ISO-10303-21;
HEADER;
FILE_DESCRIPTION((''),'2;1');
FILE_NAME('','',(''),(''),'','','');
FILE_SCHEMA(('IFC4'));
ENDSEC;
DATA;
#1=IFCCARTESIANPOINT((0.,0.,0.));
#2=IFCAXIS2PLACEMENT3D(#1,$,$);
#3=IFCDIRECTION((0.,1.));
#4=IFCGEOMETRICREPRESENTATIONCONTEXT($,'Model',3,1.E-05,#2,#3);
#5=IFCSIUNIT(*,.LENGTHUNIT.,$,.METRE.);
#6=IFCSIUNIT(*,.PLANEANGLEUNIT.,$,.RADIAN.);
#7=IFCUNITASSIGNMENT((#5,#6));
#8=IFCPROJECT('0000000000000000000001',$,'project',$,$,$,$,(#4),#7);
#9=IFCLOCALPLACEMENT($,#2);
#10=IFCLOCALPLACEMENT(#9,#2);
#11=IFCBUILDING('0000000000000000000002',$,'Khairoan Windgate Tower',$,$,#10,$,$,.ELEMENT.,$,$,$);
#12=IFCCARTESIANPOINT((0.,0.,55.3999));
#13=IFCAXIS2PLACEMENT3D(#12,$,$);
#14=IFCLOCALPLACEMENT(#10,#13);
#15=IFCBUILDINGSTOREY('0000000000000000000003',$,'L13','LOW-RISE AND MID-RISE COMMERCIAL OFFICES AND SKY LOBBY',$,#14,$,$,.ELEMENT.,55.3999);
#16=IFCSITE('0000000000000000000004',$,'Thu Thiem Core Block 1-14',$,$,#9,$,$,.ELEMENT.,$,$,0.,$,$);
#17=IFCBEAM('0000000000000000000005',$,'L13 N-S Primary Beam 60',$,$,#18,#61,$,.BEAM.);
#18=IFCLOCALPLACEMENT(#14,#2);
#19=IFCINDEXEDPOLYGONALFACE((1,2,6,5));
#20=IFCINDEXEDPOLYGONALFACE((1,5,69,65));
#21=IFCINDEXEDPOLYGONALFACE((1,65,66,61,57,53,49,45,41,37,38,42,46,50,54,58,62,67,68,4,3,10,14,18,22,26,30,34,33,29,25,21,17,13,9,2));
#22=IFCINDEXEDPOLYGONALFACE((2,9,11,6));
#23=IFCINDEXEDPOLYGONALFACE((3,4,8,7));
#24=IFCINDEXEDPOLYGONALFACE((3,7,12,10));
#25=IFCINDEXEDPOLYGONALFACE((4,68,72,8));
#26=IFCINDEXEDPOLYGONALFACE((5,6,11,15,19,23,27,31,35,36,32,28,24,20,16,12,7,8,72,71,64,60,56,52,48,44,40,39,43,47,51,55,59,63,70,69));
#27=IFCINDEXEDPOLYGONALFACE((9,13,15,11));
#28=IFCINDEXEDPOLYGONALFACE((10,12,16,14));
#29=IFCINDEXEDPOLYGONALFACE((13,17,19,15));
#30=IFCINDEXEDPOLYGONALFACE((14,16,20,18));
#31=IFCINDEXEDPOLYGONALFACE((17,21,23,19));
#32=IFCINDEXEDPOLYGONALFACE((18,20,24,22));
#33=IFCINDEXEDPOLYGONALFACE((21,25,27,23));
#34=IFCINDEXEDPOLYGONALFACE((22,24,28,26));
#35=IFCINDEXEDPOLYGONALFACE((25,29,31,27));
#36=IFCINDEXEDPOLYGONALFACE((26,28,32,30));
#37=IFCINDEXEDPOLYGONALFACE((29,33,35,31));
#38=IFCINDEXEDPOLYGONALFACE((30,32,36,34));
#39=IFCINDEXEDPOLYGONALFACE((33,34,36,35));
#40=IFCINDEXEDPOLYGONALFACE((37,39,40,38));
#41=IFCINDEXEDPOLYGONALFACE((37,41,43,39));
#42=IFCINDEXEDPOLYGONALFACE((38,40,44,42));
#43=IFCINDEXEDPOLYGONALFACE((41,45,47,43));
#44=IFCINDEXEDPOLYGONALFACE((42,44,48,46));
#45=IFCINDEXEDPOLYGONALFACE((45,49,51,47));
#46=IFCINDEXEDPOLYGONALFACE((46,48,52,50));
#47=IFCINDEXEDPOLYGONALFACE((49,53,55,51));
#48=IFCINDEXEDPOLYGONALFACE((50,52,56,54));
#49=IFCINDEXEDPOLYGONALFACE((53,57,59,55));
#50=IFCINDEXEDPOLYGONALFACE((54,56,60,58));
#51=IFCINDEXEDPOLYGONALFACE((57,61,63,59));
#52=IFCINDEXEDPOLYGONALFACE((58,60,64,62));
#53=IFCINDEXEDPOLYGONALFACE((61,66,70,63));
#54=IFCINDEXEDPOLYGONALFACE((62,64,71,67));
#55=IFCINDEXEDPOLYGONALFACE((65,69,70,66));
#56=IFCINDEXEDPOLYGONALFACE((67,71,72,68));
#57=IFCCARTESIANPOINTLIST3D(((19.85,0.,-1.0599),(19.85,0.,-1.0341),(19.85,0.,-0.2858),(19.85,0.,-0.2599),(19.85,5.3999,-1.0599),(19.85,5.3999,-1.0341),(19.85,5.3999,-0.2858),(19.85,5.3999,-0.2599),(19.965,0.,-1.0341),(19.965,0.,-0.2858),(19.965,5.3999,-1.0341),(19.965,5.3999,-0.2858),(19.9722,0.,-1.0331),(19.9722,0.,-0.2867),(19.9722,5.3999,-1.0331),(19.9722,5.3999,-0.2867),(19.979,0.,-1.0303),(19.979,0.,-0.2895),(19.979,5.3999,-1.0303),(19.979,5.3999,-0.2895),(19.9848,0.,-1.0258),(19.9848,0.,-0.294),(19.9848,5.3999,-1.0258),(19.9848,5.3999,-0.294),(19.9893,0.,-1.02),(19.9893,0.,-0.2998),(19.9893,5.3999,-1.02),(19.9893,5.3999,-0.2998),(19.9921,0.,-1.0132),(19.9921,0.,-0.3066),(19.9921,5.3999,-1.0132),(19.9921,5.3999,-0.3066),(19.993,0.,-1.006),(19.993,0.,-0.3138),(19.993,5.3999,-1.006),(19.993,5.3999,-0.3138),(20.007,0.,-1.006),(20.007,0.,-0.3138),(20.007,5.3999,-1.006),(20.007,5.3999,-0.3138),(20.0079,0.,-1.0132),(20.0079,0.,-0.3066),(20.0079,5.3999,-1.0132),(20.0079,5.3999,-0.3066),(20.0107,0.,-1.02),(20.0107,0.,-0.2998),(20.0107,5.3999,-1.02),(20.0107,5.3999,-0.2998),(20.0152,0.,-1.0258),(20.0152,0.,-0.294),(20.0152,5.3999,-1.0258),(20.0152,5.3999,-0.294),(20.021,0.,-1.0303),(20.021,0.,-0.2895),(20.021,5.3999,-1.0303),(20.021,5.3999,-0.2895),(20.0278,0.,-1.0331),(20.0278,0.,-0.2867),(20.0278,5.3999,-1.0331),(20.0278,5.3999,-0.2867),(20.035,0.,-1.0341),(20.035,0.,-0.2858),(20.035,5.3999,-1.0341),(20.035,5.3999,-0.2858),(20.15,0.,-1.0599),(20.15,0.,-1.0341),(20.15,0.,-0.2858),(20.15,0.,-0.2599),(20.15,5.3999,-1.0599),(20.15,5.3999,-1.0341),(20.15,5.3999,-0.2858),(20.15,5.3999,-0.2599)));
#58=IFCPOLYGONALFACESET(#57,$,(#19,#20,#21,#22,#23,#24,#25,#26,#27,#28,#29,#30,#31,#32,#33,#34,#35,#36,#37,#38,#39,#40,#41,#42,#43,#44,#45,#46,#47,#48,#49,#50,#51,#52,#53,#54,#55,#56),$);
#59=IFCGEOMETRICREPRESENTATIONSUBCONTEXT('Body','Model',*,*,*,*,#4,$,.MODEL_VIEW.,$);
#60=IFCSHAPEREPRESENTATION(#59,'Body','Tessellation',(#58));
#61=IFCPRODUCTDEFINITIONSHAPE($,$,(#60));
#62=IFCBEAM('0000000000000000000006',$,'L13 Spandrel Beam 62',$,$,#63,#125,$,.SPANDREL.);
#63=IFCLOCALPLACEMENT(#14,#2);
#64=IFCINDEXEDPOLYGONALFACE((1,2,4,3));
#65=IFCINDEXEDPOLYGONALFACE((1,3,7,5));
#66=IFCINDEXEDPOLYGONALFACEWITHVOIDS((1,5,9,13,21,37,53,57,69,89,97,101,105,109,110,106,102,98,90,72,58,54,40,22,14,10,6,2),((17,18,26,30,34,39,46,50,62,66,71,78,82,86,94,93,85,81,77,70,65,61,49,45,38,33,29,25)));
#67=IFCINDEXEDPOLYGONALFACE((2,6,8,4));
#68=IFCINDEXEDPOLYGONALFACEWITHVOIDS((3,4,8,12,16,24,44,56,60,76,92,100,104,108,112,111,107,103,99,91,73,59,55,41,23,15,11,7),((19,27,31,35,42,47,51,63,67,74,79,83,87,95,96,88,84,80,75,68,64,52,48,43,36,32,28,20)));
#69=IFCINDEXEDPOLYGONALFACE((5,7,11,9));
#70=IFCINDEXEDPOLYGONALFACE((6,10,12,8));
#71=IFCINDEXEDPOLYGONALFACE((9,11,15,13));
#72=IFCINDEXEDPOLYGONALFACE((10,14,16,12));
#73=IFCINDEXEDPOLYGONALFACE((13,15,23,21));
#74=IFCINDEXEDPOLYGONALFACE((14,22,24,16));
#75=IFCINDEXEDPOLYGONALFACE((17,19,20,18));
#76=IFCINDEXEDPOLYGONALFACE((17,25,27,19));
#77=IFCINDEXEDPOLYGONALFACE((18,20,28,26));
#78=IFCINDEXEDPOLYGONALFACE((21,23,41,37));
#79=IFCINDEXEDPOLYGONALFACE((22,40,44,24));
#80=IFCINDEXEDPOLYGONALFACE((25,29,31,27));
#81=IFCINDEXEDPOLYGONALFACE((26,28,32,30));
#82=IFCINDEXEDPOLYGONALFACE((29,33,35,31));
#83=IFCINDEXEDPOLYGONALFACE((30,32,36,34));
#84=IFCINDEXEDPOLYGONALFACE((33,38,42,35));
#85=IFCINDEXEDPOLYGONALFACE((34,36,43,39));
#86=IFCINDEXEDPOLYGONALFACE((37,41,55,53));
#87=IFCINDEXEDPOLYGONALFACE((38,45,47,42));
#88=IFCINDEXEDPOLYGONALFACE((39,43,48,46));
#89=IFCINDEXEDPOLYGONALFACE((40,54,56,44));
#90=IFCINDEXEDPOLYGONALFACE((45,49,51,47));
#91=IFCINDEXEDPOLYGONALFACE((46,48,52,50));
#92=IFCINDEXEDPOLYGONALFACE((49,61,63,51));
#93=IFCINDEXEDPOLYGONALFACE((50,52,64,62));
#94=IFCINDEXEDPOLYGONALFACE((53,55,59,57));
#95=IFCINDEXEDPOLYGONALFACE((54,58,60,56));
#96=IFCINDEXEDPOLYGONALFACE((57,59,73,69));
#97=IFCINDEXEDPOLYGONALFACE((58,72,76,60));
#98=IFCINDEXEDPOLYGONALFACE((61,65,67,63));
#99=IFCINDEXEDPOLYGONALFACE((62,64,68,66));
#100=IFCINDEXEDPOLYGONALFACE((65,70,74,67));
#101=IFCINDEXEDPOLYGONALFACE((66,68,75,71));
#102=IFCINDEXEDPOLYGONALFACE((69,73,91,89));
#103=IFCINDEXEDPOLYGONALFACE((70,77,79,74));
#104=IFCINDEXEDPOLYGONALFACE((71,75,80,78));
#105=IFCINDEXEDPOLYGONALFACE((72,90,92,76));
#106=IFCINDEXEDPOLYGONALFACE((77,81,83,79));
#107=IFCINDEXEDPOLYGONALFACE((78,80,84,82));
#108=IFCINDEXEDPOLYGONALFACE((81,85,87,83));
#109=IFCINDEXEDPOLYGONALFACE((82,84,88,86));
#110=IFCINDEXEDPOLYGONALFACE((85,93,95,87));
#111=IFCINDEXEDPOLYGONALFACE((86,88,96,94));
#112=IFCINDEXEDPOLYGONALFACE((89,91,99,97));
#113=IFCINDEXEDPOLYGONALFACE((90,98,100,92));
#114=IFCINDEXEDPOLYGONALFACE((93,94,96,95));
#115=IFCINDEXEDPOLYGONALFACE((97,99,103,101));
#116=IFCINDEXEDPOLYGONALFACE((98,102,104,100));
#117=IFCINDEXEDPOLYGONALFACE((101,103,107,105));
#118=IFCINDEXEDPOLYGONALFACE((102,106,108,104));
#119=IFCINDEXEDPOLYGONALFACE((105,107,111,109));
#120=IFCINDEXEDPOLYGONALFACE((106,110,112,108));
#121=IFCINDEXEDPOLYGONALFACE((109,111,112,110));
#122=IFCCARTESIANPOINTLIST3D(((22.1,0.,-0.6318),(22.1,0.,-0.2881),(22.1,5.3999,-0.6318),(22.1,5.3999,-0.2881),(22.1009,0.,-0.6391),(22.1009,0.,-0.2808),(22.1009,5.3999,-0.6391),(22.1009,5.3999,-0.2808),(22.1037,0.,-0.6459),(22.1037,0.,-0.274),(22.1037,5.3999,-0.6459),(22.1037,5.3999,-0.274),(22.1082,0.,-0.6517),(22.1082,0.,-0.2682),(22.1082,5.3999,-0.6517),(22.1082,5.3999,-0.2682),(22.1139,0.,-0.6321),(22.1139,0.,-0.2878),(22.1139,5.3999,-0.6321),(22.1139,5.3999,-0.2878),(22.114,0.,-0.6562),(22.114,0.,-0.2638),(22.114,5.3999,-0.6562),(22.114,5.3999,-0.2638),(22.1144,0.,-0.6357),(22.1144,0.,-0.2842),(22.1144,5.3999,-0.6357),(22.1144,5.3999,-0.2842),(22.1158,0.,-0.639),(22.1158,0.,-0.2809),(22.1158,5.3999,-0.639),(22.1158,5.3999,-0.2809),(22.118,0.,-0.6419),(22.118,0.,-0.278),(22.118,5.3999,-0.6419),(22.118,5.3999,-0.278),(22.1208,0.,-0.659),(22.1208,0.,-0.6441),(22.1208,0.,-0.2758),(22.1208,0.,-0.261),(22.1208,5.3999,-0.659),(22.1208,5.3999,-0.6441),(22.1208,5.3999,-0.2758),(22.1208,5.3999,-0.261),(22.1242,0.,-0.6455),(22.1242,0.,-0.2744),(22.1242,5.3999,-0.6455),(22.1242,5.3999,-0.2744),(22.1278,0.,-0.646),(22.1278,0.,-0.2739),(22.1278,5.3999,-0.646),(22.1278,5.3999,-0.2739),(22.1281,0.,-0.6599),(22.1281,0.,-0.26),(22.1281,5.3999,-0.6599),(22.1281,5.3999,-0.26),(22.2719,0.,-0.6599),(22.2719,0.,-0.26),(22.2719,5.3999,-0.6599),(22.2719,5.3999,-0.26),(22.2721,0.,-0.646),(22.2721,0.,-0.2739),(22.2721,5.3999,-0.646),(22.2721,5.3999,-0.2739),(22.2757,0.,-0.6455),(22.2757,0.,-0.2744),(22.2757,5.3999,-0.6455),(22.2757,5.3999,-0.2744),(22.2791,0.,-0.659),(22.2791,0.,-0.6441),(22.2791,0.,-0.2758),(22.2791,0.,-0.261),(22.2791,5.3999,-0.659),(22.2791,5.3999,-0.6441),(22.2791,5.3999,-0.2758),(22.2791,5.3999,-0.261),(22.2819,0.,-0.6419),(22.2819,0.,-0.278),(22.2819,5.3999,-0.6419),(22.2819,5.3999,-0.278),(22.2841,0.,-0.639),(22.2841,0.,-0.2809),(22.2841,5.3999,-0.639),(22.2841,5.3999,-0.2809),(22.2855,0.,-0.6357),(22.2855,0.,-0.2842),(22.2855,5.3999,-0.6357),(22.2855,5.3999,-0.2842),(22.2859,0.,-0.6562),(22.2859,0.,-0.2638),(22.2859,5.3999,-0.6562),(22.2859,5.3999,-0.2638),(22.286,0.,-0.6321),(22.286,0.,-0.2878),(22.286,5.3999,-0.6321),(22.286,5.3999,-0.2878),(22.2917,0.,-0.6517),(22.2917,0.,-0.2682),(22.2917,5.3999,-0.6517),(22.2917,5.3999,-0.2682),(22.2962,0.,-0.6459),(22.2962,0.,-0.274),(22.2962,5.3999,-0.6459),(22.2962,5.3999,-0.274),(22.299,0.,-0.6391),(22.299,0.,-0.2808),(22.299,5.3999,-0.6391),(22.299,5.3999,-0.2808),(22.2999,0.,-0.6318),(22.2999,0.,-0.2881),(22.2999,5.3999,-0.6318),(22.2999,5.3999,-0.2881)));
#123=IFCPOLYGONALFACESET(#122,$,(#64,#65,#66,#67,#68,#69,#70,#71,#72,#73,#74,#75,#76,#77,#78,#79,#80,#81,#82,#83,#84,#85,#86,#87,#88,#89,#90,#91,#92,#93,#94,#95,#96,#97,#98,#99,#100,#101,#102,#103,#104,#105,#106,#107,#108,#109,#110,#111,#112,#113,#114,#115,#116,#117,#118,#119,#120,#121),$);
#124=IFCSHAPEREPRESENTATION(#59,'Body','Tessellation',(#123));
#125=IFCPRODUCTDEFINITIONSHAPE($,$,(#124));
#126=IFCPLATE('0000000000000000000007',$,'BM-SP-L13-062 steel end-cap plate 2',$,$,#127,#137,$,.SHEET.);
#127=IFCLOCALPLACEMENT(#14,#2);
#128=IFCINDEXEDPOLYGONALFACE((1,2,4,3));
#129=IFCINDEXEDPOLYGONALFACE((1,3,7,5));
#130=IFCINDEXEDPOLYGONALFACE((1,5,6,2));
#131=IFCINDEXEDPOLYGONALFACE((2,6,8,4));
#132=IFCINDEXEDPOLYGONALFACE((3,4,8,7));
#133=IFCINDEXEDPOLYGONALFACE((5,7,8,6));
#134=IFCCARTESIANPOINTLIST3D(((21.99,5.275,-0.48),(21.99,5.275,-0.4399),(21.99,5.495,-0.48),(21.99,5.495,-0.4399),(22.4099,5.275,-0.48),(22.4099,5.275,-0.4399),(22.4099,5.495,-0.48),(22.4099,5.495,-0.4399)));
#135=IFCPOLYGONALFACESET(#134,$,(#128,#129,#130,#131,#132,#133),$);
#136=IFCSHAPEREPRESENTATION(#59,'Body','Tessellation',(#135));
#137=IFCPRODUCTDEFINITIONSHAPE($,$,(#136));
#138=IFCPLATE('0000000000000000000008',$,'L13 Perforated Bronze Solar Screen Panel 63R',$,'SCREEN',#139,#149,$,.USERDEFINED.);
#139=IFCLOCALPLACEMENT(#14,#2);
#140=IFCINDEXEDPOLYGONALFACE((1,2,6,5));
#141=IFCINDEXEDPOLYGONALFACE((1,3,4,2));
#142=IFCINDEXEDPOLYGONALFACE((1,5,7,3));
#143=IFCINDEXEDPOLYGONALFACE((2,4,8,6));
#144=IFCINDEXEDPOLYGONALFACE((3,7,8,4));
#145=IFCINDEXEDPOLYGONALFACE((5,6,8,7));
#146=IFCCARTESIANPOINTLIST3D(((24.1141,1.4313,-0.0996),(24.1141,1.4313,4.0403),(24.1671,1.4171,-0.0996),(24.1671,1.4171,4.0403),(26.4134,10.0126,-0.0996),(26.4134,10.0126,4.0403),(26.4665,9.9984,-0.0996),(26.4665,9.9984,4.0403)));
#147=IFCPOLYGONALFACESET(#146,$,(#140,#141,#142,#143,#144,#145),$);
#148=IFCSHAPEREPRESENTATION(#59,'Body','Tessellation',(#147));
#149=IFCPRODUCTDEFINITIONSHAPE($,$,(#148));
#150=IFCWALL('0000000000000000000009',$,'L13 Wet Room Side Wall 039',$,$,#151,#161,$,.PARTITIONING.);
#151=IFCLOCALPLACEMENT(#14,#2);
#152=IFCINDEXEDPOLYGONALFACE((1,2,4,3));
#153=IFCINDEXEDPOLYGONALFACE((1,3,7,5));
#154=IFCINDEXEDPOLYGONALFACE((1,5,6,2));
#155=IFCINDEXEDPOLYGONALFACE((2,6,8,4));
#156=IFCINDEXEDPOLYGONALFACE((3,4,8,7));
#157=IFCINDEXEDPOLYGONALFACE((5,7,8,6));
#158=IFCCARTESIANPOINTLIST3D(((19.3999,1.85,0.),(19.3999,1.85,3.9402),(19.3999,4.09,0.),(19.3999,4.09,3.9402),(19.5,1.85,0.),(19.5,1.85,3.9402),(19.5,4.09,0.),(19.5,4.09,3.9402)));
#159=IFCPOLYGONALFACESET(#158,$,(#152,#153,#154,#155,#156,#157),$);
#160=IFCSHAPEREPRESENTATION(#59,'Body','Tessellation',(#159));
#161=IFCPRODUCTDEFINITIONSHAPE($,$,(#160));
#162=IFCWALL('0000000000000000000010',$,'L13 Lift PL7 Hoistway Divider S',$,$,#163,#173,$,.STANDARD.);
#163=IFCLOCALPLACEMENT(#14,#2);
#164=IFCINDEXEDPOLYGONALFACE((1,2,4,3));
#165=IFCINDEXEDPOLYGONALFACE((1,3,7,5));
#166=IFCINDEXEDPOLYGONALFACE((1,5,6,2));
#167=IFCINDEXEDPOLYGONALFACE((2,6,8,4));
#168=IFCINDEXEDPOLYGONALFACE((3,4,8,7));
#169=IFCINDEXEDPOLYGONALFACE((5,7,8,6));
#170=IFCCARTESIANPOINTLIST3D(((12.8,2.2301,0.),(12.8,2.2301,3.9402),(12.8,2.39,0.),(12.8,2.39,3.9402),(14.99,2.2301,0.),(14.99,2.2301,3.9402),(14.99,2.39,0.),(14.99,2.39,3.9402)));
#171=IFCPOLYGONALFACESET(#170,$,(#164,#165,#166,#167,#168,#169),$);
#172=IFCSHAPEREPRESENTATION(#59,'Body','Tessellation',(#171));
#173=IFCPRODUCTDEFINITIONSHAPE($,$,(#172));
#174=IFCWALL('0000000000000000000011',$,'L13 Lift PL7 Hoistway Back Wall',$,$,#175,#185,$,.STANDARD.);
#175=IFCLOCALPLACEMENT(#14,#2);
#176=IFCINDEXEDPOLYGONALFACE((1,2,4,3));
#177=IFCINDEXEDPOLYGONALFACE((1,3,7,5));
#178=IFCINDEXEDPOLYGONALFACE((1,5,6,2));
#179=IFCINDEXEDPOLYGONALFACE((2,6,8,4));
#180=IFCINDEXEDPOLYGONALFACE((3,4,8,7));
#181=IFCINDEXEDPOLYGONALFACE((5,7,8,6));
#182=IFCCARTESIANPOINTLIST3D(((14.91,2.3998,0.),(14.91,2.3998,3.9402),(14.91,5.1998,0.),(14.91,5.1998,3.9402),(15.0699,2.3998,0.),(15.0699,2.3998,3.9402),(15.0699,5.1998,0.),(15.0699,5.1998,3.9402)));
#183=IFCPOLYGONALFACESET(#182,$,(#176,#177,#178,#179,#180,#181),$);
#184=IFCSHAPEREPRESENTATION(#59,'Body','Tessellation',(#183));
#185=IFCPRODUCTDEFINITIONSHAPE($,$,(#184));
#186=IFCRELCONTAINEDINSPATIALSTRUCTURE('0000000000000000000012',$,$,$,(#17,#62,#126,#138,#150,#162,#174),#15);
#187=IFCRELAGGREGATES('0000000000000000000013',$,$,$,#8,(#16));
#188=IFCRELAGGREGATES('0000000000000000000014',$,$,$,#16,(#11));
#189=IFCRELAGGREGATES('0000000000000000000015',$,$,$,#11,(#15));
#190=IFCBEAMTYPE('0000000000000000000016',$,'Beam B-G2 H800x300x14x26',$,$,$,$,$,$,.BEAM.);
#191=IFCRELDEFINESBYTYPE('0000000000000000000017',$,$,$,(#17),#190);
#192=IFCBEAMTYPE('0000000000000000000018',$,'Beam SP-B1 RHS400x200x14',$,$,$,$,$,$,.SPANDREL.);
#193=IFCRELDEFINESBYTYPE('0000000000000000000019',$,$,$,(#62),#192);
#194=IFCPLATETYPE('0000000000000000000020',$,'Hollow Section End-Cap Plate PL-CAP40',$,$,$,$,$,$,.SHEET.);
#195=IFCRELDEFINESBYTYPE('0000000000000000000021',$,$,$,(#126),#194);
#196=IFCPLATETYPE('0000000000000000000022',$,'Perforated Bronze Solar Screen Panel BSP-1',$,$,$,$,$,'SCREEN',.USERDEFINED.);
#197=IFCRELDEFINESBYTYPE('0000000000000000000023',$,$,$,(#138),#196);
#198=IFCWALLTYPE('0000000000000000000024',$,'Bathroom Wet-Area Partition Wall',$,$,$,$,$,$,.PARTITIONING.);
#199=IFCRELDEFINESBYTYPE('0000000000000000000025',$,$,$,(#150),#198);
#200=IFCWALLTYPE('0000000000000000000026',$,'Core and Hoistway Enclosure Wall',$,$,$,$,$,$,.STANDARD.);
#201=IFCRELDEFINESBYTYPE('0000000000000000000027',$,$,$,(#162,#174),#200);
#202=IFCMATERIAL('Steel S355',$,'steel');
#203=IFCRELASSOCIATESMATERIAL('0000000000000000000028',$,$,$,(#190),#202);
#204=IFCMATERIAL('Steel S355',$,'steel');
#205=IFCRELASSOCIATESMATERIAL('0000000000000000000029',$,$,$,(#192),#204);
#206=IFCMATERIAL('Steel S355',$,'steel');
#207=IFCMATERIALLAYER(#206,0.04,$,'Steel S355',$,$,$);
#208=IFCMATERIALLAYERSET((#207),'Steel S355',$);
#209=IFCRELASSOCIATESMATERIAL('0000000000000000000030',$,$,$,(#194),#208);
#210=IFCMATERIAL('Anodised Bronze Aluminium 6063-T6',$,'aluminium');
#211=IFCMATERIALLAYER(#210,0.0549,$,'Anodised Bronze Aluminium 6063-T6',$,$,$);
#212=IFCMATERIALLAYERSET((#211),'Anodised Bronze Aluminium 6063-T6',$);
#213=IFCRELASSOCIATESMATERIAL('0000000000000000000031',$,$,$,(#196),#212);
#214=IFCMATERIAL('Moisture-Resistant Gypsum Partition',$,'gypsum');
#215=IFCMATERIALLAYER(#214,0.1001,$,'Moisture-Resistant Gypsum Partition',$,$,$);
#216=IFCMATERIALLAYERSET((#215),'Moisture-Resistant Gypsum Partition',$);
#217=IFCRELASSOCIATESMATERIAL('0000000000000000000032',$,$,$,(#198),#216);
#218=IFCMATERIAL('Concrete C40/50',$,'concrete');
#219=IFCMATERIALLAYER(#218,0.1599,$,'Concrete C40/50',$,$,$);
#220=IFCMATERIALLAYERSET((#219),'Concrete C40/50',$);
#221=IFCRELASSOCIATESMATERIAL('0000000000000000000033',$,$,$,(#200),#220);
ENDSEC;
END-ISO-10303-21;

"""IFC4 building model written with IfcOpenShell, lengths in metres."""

from ifc_helpers import new_model, si_unit, direction, frame, frame_2d, origin, origin_2d, place, context, subcontext, project, spatial, rectangle, hollow_rectangle, i_section, extrude, material, layer, layer_set, material_profile, profile_set, type_object, element, save


model = new_model("IFC4")

# Units and contexts
model_context = context("Model", 3, precision=1e-05, world=origin(), true_north=direction((0.0, 1.0)))
body_context = subcontext(model_context, "Body", "Model", "MODEL_VIEW")
ifc_project = project(units=[si_unit("LENGTHUNIT", "METRE"), si_unit("PLANEANGLEUNIT", "RADIAN")], contexts=[model_context])

# Site, building, storey
site_placement = place(None, origin())
site = spatial("IfcSite", under=ifc_project, at=site_placement, Name="Thu Thiem Core Block 1-14", CompositionType="ELEMENT", RefElevation=0.0)
building_placement = place(site_placement, origin())
building = spatial("IfcBuilding", under=site, at=building_placement, Name="Khairoan Windgate Tower", CompositionType="ELEMENT")
storey_placement = place(building_placement, frame((0.0, 0.0, 55.3999)))
storey = spatial("IfcBuildingStorey", under=building, at=storey_placement, Name="L13", Description="LOW-RISE AND MID-RISE COMMERCIAL OFFICES AND SKY LOBBY", CompositionType="ELEMENT", Elevation=55.3999)

# Beams
ifc_material_1 = material(Name="Steel S355", Category="steel")
ifc_material_profile_1 = material_profile(ifc_material_1, i_section(OverallWidth=0.3, OverallDepth=0.8, WebThickness=0.0139, FlangeThickness=0.0259, FilletRadius=0.0281, at=origin_2d()))
ifc_profile_set_1 = profile_set([ifc_material_profile_1], Name="Steel S355")
beam_type_1 = type_object("IfcBeamType", Name="Beam B-G2 H800x300x14x26", PredefinedType="BEAM", material=ifc_profile_set_1)
beam_1_placement = place(storey_placement, frame((20.0, 0.0, -0.6599), z_axis=(0.0, 1.0, 0.0), x_axis=(-1.0, 0.0, 0.0)))
element("IfcBeam", 1, at=beam_1_placement, inside=storey, type_object=beam_type_1, Name="L13 N-S Primary Beam 60", PredefinedType="BEAM", context=body_context, shape_type="SweptSolid", body=[
    extrude(i_section(OverallWidth=0.3, OverallDepth=0.8, WebThickness=0.0139, FlangeThickness=0.0259, FilletRadius=0.0281, at=origin_2d()), origin(), (0.0, 0.0, 1.0), 5.3999),
])
ifc_material_2 = material(Name="Steel S355", Category="steel")
ifc_material_profile_2 = material_profile(ifc_material_2, hollow_rectangle(XDim=0.2, YDim=0.3999, WallThickness=0.0139, InnerFilletRadius=0.0139, OuterFilletRadius=0.0281, at=origin_2d()))
ifc_profile_set_2 = profile_set([ifc_material_profile_2], Name="Steel S355")
beam_type_2 = type_object("IfcBeamType", Name="Beam SP-B1 RHS400x200x14", PredefinedType="SPANDREL", material=ifc_profile_set_2)
beam_2_placement = place(storey_placement, frame((22.2, 0.0, -0.46), z_axis=(0.0, 1.0, 0.0), x_axis=(-1.0, 0.0, 0.0)))
element("IfcBeam", 2, at=beam_2_placement, inside=storey, type_object=beam_type_2, Name="L13 Spandrel Beam 62", PredefinedType="SPANDREL", context=body_context, shape_type="SweptSolid", body=[
    extrude(hollow_rectangle(XDim=0.2, YDim=0.3999, WallThickness=0.0139, InnerFilletRadius=0.0139, OuterFilletRadius=0.0281, at=origin_2d()), origin(), (0.0, 0.0, 1.0), 5.3999),
])

# Plates
ifc_material_3 = material(Name="Steel S355", Category="steel")
ifc_layer_1 = layer(ifc_material_3, 0.04, Name="Steel S355")
ifc_layer_set_1 = layer_set([ifc_layer_1], Name="Steel S355")
plate_type_1 = type_object("IfcPlateType", Name="Hollow Section End-Cap Plate PL-CAP40", PredefinedType="SHEET", material=ifc_layer_set_1)
plate_1_placement = place(storey_placement, frame((22.2, 5.385, -0.48), z_axis=(0.0, 0.0, 1.0), x_axis=(0.0, 1.0, 0.0)))
element("IfcPlate", 3, at=plate_1_placement, inside=storey, type_object=plate_type_1, Name="BM-SP-L13-062 steel end-cap plate 2", PredefinedType="SHEET", context=body_context, shape_type="SweptSolid", body=[
    extrude(rectangle(XDim=0.22, YDim=0.4199, at=origin_2d()), origin(), (0.0, 0.0, 1.0), 0.04),
])
ifc_material_4 = material(Name="Anodised Bronze Aluminium 6063-T6", Category="aluminium")
ifc_layer_2 = layer(ifc_material_4, 0.0549, Name="Anodised Bronze Aluminium 6063-T6")
ifc_layer_set_2 = layer_set([ifc_layer_2], Name="Anodised Bronze Aluminium 6063-T6")
plate_type_2 = type_object("IfcPlateType", Name="Perforated Bronze Solar Screen Panel BSP-1", ElementType="SCREEN", PredefinedType="USERDEFINED", material=ifc_layer_set_2)
plate_2_placement = place(storey_placement, frame((25.2903, 5.7148, -0.0996), z_axis=(0.0, 0.0, 1.0), x_axis=(-0.258819, -0.965926, 0.0)))
element("IfcPlate", 4, at=plate_2_placement, inside=storey, type_object=plate_type_2, Name="L13 Perforated Bronze Solar Screen Panel 63R", ObjectType="SCREEN", PredefinedType="USERDEFINED", context=body_context, shape_type="SweptSolid", body=[
    extrude(rectangle(XDim=8.884, YDim=0.0549, at=origin_2d()), origin(), (0.0, 0.0, 1.0), 4.1399),
])

# Walls
ifc_material_5 = material(Name="Moisture-Resistant Gypsum Partition", Category="gypsum")
ifc_layer_3 = layer(ifc_material_5, 0.1001, Name="Moisture-Resistant Gypsum Partition")
ifc_layer_set_3 = layer_set([ifc_layer_3], Name="Moisture-Resistant Gypsum Partition")
wall_type_1 = type_object("IfcWallType", Name="Bathroom Wet-Area Partition Wall", PredefinedType="PARTITIONING", material=ifc_layer_set_3)
wall_1_placement = place(storey_placement, frame((19.45, 4.0901, 0.0), z_axis=(0.0, 0.0, 1.0), x_axis=(0.0, -1.0, 0.0)))
element("IfcWall", 5, at=wall_1_placement, inside=storey, type_object=wall_type_1, Name="L13 Wet Room Side Wall 039", PredefinedType="PARTITIONING", context=body_context, shape_type="SweptSolid", body=[
    extrude(rectangle(XDim=2.24, YDim=0.1001, at=frame_2d((1.1201, 0.0))), origin(), (0.0, 0.0, 1.0), 3.9402),
])
ifc_material_6 = material(Name="Concrete C40/50", Category="concrete")
ifc_layer_4 = layer(ifc_material_6, 0.1599, Name="Concrete C40/50")
ifc_layer_set_4 = layer_set([ifc_layer_4], Name="Concrete C40/50")
wall_type_2 = type_object("IfcWallType", Name="Core and Hoistway Enclosure Wall", PredefinedType="STANDARD", material=ifc_layer_set_4)
wall_2_placement = place(storey_placement, frame((12.8, 2.3101, 0.0), z_axis=(0.0, 0.0, 1.0), x_axis=(1.0, 0.0, 0.0)))
element("IfcWall", 6, at=wall_2_placement, inside=storey, type_object=wall_type_2, Name="L13 Lift PL7 Hoistway Divider S", PredefinedType="STANDARD", context=body_context, shape_type="SweptSolid", body=[
    extrude(rectangle(XDim=2.1899, YDim=0.1599, at=frame_2d((1.095, 0.0))), origin(), (0.0, 0.0, 1.0), 3.9402),
])
wall_3_placement = place(storey_placement, frame((14.99, 2.3999, 0.0), z_axis=(0.0, 0.0, 1.0), x_axis=(0.0, 1.0, 0.0)))
element("IfcWall", 7, at=wall_3_placement, inside=storey, type_object=wall_type_2, Name="L13 Lift PL7 Hoistway Back Wall", PredefinedType="STANDARD", context=body_context, shape_type="SweptSolid", body=[
    extrude(rectangle(XDim=2.8, YDim=0.1599, at=frame_2d((1.3999, 0.0))), origin(), (0.0, 0.0, 1.0), 3.9402),
])

save(model, "model.ifc")
